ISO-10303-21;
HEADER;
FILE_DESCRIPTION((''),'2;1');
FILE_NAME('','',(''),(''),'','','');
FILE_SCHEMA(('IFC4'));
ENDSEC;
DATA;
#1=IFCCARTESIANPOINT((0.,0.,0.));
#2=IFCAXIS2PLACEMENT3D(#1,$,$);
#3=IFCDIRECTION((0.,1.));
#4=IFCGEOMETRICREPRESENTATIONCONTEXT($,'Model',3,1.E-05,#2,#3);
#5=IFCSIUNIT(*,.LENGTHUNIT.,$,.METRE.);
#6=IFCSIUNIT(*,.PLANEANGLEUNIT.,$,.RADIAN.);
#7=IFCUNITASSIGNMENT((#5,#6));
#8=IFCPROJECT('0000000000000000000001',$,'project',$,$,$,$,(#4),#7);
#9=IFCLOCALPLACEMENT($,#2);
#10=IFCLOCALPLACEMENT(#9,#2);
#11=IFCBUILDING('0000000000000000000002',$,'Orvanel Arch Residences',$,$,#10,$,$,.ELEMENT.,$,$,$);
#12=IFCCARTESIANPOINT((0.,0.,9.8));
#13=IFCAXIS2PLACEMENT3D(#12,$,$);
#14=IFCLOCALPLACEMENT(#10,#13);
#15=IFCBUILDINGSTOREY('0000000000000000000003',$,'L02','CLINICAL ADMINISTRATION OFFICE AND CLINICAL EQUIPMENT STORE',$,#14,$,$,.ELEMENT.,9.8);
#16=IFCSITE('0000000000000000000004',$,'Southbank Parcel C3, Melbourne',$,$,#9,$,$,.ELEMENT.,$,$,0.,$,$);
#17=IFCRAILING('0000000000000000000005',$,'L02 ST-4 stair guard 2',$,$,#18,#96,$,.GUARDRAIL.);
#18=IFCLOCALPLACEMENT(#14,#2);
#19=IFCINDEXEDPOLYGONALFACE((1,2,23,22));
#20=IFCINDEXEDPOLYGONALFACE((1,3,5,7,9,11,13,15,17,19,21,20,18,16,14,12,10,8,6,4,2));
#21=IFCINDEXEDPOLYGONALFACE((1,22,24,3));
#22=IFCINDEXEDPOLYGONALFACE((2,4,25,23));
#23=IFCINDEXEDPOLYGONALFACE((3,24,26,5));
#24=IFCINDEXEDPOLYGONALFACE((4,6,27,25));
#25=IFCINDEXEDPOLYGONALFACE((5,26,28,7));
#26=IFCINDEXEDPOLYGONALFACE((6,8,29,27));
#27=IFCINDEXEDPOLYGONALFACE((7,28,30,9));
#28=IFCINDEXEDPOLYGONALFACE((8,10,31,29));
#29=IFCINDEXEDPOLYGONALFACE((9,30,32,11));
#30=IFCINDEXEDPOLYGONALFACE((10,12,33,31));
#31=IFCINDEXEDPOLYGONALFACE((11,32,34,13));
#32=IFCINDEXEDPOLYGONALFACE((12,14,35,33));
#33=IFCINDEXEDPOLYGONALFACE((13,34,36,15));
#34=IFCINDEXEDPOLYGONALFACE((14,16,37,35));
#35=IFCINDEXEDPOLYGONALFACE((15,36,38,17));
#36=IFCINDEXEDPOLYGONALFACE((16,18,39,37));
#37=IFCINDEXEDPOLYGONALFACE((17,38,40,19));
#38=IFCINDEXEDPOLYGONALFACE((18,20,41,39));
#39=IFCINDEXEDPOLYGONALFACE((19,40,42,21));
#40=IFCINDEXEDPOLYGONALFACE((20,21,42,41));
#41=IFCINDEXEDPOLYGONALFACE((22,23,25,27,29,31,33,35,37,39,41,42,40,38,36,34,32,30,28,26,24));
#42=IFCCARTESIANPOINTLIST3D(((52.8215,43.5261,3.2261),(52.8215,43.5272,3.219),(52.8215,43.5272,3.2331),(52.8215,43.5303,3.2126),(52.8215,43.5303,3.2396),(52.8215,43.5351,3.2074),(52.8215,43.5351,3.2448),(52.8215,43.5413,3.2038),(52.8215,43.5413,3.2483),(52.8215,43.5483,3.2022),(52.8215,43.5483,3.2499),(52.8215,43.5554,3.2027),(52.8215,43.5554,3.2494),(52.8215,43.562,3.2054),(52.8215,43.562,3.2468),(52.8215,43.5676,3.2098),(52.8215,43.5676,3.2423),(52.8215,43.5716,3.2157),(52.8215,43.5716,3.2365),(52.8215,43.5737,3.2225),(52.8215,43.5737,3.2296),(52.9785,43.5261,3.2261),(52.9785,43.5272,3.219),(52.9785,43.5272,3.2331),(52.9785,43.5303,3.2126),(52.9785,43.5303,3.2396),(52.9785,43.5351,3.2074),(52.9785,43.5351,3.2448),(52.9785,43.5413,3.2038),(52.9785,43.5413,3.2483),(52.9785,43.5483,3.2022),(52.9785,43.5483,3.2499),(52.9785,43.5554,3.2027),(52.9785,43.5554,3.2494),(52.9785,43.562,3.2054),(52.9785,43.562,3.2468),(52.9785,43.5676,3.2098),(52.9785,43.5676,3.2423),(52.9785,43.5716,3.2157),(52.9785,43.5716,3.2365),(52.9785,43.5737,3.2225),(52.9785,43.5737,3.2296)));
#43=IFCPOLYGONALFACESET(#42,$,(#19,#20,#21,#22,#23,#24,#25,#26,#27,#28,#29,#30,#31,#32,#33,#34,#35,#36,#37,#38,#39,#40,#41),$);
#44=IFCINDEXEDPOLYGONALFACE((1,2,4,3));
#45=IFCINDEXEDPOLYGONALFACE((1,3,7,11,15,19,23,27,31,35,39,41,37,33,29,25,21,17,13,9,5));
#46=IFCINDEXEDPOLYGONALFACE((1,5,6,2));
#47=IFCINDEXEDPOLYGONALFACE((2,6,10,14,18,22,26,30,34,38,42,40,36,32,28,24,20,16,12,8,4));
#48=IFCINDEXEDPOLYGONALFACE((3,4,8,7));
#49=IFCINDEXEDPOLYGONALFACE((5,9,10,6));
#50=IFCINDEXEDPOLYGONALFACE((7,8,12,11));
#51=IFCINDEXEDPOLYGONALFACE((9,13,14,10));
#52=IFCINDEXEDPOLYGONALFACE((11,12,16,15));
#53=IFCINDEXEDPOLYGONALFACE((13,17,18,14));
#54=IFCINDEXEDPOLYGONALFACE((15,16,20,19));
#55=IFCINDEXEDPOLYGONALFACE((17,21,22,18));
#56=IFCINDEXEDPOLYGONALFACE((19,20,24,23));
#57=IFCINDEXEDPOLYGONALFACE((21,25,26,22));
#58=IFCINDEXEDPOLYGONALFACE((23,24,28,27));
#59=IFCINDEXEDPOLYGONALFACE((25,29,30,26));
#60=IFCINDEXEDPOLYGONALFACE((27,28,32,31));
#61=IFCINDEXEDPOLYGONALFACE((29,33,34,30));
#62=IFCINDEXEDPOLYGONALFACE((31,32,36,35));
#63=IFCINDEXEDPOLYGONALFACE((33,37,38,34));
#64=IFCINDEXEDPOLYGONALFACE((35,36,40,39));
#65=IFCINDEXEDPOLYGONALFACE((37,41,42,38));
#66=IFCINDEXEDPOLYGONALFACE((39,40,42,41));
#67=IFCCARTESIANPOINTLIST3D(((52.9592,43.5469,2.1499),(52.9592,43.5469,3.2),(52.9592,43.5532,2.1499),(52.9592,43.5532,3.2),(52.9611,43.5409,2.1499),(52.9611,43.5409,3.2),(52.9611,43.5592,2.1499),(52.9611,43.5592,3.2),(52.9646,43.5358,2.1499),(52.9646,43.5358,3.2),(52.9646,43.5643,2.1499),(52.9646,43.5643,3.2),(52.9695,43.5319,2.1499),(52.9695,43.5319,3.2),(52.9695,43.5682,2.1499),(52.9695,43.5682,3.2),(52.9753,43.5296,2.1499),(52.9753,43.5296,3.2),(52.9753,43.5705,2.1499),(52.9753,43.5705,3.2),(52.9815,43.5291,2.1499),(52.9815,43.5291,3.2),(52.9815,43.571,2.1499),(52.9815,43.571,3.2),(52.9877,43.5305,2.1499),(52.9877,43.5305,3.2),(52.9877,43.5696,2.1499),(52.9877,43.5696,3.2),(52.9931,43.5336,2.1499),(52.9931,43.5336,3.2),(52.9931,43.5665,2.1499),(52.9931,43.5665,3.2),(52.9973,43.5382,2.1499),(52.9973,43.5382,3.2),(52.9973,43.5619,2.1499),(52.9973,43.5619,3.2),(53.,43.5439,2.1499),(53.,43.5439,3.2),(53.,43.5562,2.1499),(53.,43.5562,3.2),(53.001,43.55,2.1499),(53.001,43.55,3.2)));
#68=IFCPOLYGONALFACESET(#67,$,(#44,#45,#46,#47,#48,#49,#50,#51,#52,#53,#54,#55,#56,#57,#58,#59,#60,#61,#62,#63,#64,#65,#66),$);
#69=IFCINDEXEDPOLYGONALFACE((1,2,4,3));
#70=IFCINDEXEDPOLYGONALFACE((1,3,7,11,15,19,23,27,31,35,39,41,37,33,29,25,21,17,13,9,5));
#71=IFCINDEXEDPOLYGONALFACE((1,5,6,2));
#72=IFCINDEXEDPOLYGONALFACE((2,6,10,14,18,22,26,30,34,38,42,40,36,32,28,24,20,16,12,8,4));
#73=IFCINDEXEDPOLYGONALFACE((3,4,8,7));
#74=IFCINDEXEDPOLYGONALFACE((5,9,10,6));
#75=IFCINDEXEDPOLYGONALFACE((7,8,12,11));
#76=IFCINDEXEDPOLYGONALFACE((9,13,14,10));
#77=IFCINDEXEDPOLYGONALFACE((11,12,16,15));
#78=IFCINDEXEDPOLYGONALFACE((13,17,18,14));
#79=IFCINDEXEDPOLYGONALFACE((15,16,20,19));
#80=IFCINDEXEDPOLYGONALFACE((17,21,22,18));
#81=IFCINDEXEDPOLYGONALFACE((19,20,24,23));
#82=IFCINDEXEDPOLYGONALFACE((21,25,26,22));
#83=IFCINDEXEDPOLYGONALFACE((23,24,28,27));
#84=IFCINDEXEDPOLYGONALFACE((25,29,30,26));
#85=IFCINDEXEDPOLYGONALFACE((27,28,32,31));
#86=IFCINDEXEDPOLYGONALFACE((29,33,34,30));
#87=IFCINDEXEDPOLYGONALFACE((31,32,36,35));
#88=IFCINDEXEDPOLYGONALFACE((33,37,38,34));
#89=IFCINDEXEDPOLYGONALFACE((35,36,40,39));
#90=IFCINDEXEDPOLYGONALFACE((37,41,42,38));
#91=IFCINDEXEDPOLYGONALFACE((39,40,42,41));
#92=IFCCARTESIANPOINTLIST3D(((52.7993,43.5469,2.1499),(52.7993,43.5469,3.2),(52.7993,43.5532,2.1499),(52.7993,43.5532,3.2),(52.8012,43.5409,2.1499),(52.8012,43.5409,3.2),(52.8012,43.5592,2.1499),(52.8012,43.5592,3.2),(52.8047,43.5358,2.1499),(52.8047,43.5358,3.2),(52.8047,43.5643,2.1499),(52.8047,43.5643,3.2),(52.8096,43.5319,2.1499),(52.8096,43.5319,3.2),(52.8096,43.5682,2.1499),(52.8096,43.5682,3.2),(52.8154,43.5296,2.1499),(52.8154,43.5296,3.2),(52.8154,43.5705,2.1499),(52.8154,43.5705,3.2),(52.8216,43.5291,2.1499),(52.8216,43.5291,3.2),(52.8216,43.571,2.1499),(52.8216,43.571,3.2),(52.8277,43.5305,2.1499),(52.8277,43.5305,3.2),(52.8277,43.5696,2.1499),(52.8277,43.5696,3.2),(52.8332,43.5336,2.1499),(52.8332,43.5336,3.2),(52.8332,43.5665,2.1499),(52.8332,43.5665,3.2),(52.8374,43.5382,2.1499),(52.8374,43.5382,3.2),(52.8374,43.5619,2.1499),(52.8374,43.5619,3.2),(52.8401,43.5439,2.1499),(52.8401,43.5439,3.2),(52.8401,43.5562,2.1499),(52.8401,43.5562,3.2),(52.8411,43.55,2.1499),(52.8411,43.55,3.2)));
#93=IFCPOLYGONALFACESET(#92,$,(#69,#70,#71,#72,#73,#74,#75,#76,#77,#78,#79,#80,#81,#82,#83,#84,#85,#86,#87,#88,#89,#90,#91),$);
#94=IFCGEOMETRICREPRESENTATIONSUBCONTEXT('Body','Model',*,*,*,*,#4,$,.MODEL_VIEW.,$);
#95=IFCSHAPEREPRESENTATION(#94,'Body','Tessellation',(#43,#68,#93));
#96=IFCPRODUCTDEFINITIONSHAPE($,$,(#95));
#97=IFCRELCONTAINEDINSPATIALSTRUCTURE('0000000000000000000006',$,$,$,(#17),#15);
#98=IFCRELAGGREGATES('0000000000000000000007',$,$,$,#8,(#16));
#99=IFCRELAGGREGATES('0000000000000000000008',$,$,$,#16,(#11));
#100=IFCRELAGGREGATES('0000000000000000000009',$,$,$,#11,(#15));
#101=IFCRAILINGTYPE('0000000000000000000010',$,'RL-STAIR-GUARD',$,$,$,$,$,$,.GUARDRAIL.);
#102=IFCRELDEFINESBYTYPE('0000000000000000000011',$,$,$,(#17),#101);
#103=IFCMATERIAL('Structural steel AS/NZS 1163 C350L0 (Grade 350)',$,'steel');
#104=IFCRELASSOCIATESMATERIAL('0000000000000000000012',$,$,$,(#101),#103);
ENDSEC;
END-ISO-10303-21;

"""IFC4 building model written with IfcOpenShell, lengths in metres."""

from ifc_helpers import new_model, si_unit, direction, frame, origin, origin_2d, place, context, subcontext, project, spatial, circle, extrude, material, type_object, element, save


model = new_model("IFC4")

# Units and contexts
model_context = context("Model", 3, precision=1e-05, world=origin(), true_north=direction((0.0, 1.0)))
body_context = subcontext(model_context, "Body", "Model", "MODEL_VIEW")
ifc_project = project(units=[si_unit("LENGTHUNIT", "METRE"), si_unit("PLANEANGLEUNIT", "RADIAN")], contexts=[model_context])

# Site, building, storey
site_placement = place(None, origin())
site = spatial("IfcSite", under=ifc_project, at=site_placement, Name="Southbank Parcel C3, Melbourne", CompositionType="ELEMENT", RefElevation=0.0)
building_placement = place(site_placement, origin())
building = spatial("IfcBuilding", under=site, at=building_placement, Name="Orvanel Arch Residences", CompositionType="ELEMENT")
storey_placement = place(building_placement, frame((0.0, 0.0, 9.8)))
storey = spatial("IfcBuildingStorey", under=building, at=storey_placement, Name="L02", Description="CLINICAL ADMINISTRATION OFFICE AND CLINICAL EQUIPMENT STORE", CompositionType="ELEMENT", Elevation=9.8)

# Railing
ifc_material_1 = material(Name="Structural steel AS/NZS 1163 C350L0 (Grade 350)", Category="steel")
railing_type_1 = type_object("IfcRailingType", Name="RL-STAIR-GUARD", PredefinedType="GUARDRAIL", material=ifc_material_1)
railing_1_placement = place(storey_placement, frame((52.98, 43.55, 2.1499)))
element("IfcRailing", 1, at=railing_1_placement, inside=storey, type_object=railing_type_1, Name="L02 ST-4 stair guard 2", PredefinedType="GUARDRAIL", context=body_context, shape_type="SweptSolid", body=[
    extrude(circle(Radius=0.0239, at=origin_2d()), frame((-0.0015, 0.0, 1.0762), z_axis=(-1.0, 0.0, 0.0), x_axis=(0.0, -1.0, 0.0)), (0.0, 0.0, 1.0), 0.157),
    extrude(circle(Radius=0.021, at=origin_2d()), origin(), (0.0, 0.0, 1.0), 1.05),
    extrude(circle(Radius=0.021, at=origin_2d()), frame((-0.1599, 0.0, 0.0)), (0.0, 0.0, 1.0), 1.05),
])

save(model, "model.ifc")
